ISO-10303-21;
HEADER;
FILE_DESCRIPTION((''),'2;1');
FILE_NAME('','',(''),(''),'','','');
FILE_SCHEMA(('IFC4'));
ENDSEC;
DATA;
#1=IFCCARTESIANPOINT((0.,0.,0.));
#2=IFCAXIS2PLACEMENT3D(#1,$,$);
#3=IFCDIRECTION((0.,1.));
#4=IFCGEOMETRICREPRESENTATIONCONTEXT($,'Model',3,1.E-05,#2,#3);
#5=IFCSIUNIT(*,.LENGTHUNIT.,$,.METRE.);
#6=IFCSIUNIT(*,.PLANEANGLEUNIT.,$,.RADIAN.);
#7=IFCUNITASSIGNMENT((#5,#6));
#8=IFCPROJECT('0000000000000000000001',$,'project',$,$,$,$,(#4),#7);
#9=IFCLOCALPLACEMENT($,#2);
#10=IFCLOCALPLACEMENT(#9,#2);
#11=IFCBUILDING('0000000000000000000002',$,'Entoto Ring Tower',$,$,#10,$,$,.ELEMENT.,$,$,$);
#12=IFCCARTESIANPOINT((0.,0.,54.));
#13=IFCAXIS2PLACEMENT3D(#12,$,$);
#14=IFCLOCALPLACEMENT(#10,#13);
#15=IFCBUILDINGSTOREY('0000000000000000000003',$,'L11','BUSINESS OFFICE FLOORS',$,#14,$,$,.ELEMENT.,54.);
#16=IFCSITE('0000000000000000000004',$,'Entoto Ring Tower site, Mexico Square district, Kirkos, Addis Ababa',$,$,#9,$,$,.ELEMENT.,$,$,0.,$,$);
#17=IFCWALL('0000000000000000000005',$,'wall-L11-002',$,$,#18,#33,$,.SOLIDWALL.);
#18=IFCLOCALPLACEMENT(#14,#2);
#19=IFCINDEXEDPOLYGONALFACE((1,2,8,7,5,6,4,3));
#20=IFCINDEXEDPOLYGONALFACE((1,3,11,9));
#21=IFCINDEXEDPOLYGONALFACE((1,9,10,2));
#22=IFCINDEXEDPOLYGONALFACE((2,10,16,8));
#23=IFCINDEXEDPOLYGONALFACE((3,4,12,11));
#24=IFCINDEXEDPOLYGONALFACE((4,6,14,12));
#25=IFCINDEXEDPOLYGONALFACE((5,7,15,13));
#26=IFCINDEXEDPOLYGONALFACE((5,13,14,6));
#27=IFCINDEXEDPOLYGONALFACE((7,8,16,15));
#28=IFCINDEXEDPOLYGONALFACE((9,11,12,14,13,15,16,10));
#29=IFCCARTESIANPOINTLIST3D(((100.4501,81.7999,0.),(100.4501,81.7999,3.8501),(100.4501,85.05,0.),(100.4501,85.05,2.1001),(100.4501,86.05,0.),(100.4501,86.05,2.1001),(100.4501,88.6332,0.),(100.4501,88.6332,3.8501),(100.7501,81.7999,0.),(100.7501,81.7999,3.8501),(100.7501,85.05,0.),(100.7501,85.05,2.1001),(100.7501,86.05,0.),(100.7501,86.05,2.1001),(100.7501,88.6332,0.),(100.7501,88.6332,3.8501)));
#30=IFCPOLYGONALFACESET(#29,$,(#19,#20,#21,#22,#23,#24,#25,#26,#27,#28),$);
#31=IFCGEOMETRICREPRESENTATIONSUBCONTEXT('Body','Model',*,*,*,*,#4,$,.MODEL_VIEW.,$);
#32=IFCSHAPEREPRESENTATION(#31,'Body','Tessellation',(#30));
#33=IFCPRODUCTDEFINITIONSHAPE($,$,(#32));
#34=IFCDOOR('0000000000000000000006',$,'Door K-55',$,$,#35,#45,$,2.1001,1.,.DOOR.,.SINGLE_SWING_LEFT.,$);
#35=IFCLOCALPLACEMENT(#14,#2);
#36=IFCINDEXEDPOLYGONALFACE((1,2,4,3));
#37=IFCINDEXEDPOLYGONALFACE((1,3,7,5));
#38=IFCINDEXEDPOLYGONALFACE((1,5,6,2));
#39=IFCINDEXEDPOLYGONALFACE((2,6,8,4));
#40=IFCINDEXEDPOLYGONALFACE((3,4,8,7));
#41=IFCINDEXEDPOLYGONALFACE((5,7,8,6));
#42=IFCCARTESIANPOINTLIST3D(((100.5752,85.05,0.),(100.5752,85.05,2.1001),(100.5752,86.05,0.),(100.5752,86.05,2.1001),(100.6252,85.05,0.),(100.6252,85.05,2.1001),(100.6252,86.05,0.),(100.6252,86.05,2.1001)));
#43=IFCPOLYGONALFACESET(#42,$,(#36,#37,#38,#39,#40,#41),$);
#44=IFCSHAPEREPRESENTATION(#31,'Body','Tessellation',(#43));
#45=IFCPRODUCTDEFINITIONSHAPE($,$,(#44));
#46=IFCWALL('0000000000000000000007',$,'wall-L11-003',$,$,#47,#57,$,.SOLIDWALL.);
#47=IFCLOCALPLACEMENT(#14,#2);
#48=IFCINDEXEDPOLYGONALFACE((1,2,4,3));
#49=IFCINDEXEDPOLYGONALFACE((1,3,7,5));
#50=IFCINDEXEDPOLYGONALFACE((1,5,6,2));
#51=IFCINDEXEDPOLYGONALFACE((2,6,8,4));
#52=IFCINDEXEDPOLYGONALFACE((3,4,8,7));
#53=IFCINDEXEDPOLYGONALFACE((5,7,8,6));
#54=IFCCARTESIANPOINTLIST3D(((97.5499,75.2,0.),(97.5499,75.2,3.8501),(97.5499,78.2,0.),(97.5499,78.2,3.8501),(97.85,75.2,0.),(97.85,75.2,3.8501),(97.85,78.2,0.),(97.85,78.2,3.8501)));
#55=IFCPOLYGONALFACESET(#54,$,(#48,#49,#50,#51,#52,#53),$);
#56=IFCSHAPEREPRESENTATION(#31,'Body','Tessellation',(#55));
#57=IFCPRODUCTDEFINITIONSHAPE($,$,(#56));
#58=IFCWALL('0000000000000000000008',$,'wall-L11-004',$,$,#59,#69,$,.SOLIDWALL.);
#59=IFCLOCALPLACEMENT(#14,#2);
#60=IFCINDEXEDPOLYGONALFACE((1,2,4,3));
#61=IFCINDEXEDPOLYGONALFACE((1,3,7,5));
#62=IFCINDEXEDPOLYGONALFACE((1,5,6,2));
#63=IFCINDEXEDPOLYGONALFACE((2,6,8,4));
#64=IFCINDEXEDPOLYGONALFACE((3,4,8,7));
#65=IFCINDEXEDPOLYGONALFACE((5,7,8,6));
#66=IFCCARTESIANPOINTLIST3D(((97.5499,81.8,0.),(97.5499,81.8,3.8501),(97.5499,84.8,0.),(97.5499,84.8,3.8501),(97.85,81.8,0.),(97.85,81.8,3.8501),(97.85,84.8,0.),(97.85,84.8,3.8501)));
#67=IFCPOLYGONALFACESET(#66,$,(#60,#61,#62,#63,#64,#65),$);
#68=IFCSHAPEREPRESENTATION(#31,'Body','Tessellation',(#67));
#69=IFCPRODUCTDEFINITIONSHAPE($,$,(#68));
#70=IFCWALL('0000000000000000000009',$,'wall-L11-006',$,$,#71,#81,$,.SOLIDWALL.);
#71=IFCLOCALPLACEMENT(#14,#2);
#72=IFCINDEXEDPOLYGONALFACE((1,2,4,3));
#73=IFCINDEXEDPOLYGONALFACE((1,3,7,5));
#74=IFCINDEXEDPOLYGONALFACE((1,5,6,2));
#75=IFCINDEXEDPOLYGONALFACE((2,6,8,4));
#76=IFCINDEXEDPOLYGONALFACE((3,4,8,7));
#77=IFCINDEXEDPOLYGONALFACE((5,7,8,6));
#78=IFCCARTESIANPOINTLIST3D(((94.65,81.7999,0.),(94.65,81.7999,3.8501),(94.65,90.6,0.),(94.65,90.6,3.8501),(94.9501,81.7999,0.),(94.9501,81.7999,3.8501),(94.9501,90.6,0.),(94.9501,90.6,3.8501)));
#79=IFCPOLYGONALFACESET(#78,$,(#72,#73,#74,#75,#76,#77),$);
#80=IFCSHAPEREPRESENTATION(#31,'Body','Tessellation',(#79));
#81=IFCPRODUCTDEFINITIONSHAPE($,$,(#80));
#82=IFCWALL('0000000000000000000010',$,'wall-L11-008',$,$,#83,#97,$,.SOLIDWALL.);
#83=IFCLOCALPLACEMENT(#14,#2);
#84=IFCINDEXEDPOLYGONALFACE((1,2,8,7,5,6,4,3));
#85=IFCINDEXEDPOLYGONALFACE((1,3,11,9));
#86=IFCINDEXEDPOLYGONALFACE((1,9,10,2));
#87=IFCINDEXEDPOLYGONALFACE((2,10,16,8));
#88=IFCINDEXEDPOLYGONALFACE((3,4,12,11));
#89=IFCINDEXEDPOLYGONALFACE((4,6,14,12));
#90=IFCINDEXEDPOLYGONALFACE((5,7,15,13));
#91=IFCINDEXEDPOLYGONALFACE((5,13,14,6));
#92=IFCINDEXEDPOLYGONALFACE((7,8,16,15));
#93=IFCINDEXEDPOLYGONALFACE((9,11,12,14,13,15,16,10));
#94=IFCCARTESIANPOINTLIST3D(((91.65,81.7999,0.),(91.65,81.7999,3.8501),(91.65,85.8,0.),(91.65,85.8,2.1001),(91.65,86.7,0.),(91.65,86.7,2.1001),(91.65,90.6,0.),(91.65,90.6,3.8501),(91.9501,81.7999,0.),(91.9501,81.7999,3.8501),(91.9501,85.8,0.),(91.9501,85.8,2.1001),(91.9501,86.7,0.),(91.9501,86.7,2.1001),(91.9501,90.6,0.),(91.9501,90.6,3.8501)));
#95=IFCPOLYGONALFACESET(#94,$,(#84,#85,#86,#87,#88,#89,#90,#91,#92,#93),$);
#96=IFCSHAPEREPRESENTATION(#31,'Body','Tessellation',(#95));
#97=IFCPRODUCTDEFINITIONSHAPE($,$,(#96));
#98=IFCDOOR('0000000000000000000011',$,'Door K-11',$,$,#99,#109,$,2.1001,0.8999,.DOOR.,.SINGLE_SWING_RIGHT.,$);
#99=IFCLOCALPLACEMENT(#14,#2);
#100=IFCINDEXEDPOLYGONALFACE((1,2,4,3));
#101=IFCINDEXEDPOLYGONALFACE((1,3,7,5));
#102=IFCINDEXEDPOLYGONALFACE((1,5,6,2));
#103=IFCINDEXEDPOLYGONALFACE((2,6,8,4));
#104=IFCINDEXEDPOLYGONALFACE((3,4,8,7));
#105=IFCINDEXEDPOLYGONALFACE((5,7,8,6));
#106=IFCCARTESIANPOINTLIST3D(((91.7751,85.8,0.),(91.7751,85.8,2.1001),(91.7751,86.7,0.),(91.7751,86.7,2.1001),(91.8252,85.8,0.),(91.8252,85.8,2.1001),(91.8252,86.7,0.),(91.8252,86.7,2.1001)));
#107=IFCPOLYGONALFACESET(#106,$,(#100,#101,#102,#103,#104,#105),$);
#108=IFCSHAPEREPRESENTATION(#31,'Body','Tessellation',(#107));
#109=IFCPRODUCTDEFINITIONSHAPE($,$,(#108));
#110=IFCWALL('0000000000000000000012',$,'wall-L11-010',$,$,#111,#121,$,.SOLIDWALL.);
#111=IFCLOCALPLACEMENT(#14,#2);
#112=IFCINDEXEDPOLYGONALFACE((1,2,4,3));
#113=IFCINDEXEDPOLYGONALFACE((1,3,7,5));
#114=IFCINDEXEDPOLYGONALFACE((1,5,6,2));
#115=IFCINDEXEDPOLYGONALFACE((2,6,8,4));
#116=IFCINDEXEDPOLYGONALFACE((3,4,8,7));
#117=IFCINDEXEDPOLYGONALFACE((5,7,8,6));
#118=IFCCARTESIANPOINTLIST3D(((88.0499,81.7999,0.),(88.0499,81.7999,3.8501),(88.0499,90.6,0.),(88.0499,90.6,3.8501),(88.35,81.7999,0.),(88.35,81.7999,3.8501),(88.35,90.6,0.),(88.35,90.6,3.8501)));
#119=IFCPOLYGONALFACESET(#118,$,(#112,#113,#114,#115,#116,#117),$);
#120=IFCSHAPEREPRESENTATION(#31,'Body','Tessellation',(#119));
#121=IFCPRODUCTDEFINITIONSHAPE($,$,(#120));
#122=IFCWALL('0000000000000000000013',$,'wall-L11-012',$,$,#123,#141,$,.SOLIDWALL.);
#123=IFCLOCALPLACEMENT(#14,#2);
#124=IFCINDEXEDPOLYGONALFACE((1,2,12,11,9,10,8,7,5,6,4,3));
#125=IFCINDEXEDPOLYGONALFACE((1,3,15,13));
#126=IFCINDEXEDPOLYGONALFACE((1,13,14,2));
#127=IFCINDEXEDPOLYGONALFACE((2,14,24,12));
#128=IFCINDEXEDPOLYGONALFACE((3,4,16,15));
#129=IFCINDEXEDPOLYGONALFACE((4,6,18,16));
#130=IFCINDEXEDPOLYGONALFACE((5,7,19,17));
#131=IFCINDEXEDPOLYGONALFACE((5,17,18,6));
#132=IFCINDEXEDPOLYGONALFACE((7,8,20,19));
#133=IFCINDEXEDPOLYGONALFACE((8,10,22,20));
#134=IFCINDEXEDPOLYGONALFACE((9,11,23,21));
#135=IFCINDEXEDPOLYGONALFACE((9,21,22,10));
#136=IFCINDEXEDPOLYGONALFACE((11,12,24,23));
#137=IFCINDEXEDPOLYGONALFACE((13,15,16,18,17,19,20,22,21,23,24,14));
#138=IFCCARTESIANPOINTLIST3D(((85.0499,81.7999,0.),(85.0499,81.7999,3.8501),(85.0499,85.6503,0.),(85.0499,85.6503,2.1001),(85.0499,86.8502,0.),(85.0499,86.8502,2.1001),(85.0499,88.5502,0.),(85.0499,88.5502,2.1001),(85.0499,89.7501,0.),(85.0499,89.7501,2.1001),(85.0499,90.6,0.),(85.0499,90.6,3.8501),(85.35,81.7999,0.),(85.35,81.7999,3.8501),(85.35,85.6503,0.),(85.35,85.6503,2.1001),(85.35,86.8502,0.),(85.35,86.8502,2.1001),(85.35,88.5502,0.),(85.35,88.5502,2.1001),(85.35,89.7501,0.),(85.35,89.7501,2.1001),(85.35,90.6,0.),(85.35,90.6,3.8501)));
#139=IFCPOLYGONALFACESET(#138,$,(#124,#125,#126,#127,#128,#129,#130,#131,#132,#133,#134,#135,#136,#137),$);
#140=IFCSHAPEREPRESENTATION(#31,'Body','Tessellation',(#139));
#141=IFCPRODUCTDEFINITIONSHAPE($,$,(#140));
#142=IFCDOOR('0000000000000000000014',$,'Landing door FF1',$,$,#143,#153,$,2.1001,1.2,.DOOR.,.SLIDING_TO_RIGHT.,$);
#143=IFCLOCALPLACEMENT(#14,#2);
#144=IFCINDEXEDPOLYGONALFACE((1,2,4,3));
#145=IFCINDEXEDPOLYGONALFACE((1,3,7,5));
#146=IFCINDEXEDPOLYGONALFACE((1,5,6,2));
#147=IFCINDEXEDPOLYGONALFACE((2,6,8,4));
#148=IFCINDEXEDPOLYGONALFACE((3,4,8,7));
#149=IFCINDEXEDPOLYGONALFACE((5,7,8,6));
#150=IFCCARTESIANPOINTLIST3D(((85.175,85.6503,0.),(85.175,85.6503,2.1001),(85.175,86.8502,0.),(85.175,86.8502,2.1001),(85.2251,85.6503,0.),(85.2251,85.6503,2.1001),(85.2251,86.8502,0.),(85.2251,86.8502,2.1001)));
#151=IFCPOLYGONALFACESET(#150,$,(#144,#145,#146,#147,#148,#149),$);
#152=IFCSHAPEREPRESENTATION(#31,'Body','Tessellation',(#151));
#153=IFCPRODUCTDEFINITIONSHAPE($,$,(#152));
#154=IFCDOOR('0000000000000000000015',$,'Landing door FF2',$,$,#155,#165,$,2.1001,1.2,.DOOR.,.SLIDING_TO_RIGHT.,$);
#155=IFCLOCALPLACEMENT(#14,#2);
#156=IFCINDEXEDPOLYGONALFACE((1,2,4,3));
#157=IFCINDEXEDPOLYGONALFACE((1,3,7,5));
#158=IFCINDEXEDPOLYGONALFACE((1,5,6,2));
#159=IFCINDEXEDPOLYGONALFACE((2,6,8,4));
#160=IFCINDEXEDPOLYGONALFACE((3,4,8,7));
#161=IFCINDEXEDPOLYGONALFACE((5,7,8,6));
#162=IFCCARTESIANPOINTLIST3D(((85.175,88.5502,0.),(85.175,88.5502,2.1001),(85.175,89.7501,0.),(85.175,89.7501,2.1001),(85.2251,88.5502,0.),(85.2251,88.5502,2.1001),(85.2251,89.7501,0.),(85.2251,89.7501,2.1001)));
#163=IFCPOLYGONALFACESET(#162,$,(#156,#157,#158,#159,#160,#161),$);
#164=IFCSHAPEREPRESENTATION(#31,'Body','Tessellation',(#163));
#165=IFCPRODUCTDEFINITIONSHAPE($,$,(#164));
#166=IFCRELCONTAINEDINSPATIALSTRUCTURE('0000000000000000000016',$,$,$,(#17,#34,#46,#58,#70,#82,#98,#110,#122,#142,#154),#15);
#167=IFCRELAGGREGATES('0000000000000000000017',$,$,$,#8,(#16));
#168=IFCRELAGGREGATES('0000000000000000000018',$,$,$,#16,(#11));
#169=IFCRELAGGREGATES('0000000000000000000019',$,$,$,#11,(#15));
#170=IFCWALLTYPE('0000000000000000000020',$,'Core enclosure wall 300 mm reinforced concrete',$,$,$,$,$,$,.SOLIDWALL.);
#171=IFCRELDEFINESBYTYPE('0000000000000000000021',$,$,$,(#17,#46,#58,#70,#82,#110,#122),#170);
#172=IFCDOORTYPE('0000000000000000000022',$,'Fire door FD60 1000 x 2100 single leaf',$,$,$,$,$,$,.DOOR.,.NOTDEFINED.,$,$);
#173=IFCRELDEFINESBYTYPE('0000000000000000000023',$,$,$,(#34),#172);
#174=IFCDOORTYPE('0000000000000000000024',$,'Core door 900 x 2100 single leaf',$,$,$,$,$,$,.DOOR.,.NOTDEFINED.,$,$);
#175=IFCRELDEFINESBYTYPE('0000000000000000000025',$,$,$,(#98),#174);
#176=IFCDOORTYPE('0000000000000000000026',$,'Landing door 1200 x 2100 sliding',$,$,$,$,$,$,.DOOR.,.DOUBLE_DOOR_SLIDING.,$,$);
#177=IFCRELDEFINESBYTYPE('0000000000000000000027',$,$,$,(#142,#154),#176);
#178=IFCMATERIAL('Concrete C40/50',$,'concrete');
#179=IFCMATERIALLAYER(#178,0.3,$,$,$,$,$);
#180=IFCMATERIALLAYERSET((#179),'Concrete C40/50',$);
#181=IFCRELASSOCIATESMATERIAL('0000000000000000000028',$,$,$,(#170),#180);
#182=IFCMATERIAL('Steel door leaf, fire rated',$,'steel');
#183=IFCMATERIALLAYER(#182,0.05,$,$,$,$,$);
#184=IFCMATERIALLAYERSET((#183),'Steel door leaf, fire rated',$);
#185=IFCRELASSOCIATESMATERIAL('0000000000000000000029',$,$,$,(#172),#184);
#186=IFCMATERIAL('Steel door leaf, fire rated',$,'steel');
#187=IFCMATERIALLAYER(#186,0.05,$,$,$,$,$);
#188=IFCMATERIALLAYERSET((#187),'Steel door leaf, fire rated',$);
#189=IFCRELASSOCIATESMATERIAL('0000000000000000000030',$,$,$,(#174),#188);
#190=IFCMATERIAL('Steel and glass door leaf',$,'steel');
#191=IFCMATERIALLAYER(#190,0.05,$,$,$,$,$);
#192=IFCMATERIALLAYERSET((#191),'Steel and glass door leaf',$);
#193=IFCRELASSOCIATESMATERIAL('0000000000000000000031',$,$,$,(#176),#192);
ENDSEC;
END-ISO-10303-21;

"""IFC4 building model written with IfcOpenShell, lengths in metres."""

from ifc_helpers import new_model, si_unit, direction, frame, frame_2d, origin, place, context, subcontext, project, spatial, rectangle, extrude, material, layer, layer_set, type_object, element, fill, save


model = new_model("IFC4")

# Units and contexts
model_context = context("Model", 3, precision=1e-05, world=origin(), true_north=direction((0.0, 1.0)))
body_context = subcontext(model_context, "Body", "Model", "MODEL_VIEW")
ifc_project = project(units=[si_unit("LENGTHUNIT", "METRE"), si_unit("PLANEANGLEUNIT", "RADIAN")], contexts=[model_context])

# Site, building, storey
site_placement = place(None, origin())
site = spatial("IfcSite", under=ifc_project, at=site_placement, Name="Entoto Ring Tower site, Mexico Square district, Kirkos, Addis Ababa", CompositionType="ELEMENT", RefElevation=0.0)
building_placement = place(site_placement, origin())
building = spatial("IfcBuilding", under=site, at=building_placement, Name="Entoto Ring Tower", CompositionType="ELEMENT")
storey_placement = place(building_placement, frame((0.0, 0.0, 54.0)))
storey = spatial("IfcBuildingStorey", under=building, at=storey_placement, Name="L11", Description="BUSINESS OFFICE FLOORS", CompositionType="ELEMENT", Elevation=54.0)

# Wall, opening, door
ifc_material_1 = material(Name="Concrete C40/50", Category="concrete")
ifc_layer_1 = layer(ifc_material_1, 0.3)
ifc_layer_set_1 = layer_set([ifc_layer_1], Name="Concrete C40/50")
wall_type = type_object("IfcWallType", Name="Core enclosure wall 300 mm reinforced concrete", PredefinedType="SOLIDWALL", material=ifc_layer_set_1)
wall_1_placement = place(storey_placement, frame((100.6001, 81.8, 0.0), z_axis=(0.0, 0.0, 1.0), x_axis=(0.0, 1.0, 0.0)))
wall_1 = element("IfcWall", 1, at=wall_1_placement, inside=storey, type_object=wall_type, Name="wall-L11-002", PredefinedType="SOLIDWALL", context=body_context, shape_type="SweptSolid", body=[
    extrude(rectangle(XDim=6.8333, YDim=0.3, at=frame_2d((3.4165, 0.0))), origin(), (0.0, 0.0, 1.0), 3.8501),
])
opening_1_placement = place(wall_1_placement, frame((3.25, 0.0, 0.0)))
opening_1 = element("IfcOpeningElement", 2, at=opening_1_placement, cuts=wall_1, PredefinedType="OPENING", context=body_context, shape_type="SweptSolid", body=[
    extrude(rectangle(XDim=1.0, YDim=2.1001, at=frame_2d((0.5, 1.05))), frame((0.0, 0.1602, 0.0), z_axis=(0.0, -1.0, 0.0), x_axis=(1.0, 0.0, 0.0)), (0.0, 0.0, 1.0), 0.3201),
])
ifc_material_2 = material(Name="Steel door leaf, fire rated", Category="steel")
ifc_layer_2 = layer(ifc_material_2, 0.05)
ifc_layer_set_2 = layer_set([ifc_layer_2], Name="Steel door leaf, fire rated")
door_type_1 = type_object("IfcDoorType", Name="Fire door FD60 1000 x 2100 single leaf", OperationType="NOTDEFINED", PredefinedType="DOOR", material=ifc_layer_set_2)
door_1_placement = place(opening_1_placement, origin())
door_1 = element("IfcDoor", 3, at=door_1_placement, inside=storey, type_object=door_type_1, Name="Door K-55", OperationType="SINGLE_SWING_LEFT", OverallHeight=2.1001, OverallWidth=1.0, PredefinedType="DOOR", context=body_context, shape_type="SweptSolid", body=[
    extrude(rectangle(XDim=1.0, YDim=2.1001, at=frame_2d((0.5, 1.05))), frame((0.0, 0.0249, 0.0), z_axis=(0.0, -1.0, 0.0), x_axis=(1.0, 0.0, 0.0)), (0.0, 0.0, 1.0), 0.05),
])
fill(opening_1, door_1)

# Walls
for number, where, z_axis, x_axis, name in (
    (4, (97.7, 75.2, 0.0), (0.0, 0.0, 1.0), (0.0, 1.0, 0.0), "wall-L11-003"),
    (5, (97.7, 81.8, 0.0), (0.0, 0.0, 1.0), (0.0, 1.0, 0.0), "wall-L11-004"),
):
    element("IfcWall", number, at=place(storey_placement, frame(where, z_axis=z_axis, x_axis=x_axis)), inside=storey, type_object=wall_type, Name=name, PredefinedType="SOLIDWALL", context=body_context, shape_type="SweptSolid", body=[
        extrude(rectangle(XDim=3.0, YDim=0.3, at=frame_2d((1.5, 0.0))), origin(), (0.0, 0.0, 1.0), 3.8501),
    ])
wall_2_placement = place(storey_placement, frame((94.8, 81.8, 0.0), z_axis=(0.0, 0.0, 1.0), x_axis=(0.0, 1.0, 0.0)))
element("IfcWall", 6, at=wall_2_placement, inside=storey, type_object=wall_type, Name="wall-L11-006", PredefinedType="SOLIDWALL", context=body_context, shape_type="SweptSolid", body=[
    extrude(rectangle(XDim=8.8, YDim=0.3, at=frame_2d((4.3999, 0.0))), origin(), (0.0, 0.0, 1.0), 3.8501),
])

# Wall, opening, door
wall_3_placement = place(storey_placement, frame((91.8, 81.8, 0.0), z_axis=(0.0, 0.0, 1.0), x_axis=(0.0, 1.0, 0.0)))
wall_3 = element("IfcWall", 7, at=wall_3_placement, inside=storey, type_object=wall_type, Name="wall-L11-008", PredefinedType="SOLIDWALL", context=body_context, shape_type="SweptSolid", body=[
    extrude(rectangle(XDim=8.8, YDim=0.3, at=frame_2d((4.3999, 0.0))), origin(), (0.0, 0.0, 1.0), 3.8501),
])
opening_2_placement = place(wall_3_placement, frame((4.0, 0.0, 0.0)))
opening_2 = element("IfcOpeningElement", 8, at=opening_2_placement, cuts=wall_3, PredefinedType="OPENING", context=body_context, shape_type="SweptSolid", body=[
    extrude(rectangle(XDim=0.8999, YDim=2.1001, at=frame_2d((0.45, 1.05))), frame((0.0, 0.1602, 0.0), z_axis=(0.0, -1.0, 0.0), x_axis=(1.0, 0.0, 0.0)), (0.0, 0.0, 1.0), 0.3201),
])
ifc_material_3 = material(Name="Steel door leaf, fire rated", Category="steel")
ifc_layer_3 = layer(ifc_material_3, 0.05)
ifc_layer_set_3 = layer_set([ifc_layer_3], Name="Steel door leaf, fire rated")
door_type_2 = type_object("IfcDoorType", Name="Core door 900 x 2100 single leaf", OperationType="NOTDEFINED", PredefinedType="DOOR", material=ifc_layer_set_3)
door_2_placement = place(opening_2_placement, origin())
door_2 = element("IfcDoor", 9, at=door_2_placement, inside=storey, type_object=door_type_2, Name="Door K-11", OperationType="SINGLE_SWING_RIGHT", OverallHeight=2.1001, OverallWidth=0.8999, PredefinedType="DOOR", context=body_context, shape_type="SweptSolid", body=[
    extrude(rectangle(XDim=0.8999, YDim=2.1001, at=frame_2d((0.45, 1.05))), frame((0.0, 0.0249, 0.0), z_axis=(0.0, -1.0, 0.0), x_axis=(1.0, 0.0, 0.0)), (0.0, 0.0, 1.0), 0.05),
])
fill(opening_2, door_2)

# Wall
wall_4_placement = place(storey_placement, frame((88.2, 81.8, 0.0), z_axis=(0.0, 0.0, 1.0), x_axis=(0.0, 1.0, 0.0)))
element("IfcWall", 10, at=wall_4_placement, inside=storey, type_object=wall_type, Name="wall-L11-010", PredefinedType="SOLIDWALL", context=body_context, shape_type="SweptSolid", body=[
    extrude(rectangle(XDim=8.8, YDim=0.3, at=frame_2d((4.3999, 0.0))), origin(), (0.0, 0.0, 1.0), 3.8501),
])

# Wall, openings, doors
wall_5_placement = place(storey_placement, frame((85.2, 81.8, 0.0), z_axis=(0.0, 0.0, 1.0), x_axis=(0.0, 1.0, 0.0)))
wall_5 = element("IfcWall", 11, at=wall_5_placement, inside=storey, type_object=wall_type, Name="wall-L11-012", PredefinedType="SOLIDWALL", context=body_context, shape_type="SweptSolid", body=[
    extrude(rectangle(XDim=8.8, YDim=0.3, at=frame_2d((4.3999, 0.0))), origin(), (0.0, 0.0, 1.0), 3.8501),
])
opening_3_placement = place(wall_5_placement, frame((3.8501, 0.0, 0.0)))
opening_3 = element("IfcOpeningElement", 12, at=opening_3_placement, cuts=wall_5, PredefinedType="OPENING", context=body_context, shape_type="SweptSolid", body=[
    extrude(rectangle(XDim=1.2, YDim=2.1001, at=frame_2d((0.6001, 1.05))), frame((0.0, 0.1602, 0.0), z_axis=(0.0, -1.0, 0.0), x_axis=(1.0, 0.0, 0.0)), (0.0, 0.0, 1.0), 0.3201),
])
opening_4_placement = place(wall_5_placement, frame((6.75, 0.0, 0.0)))
opening_4 = element("IfcOpeningElement", 13, at=opening_4_placement, cuts=wall_5, PredefinedType="OPENING", context=body_context, shape_type="SweptSolid", body=[
    extrude(rectangle(XDim=1.2, YDim=2.1001, at=frame_2d((0.6001, 1.05))), frame((0.0, 0.1602, 0.0), z_axis=(0.0, -1.0, 0.0), x_axis=(1.0, 0.0, 0.0)), (0.0, 0.0, 1.0), 0.3201),
])
ifc_material_4 = material(Name="Steel and glass door leaf", Category="steel")
ifc_layer_4 = layer(ifc_material_4, 0.05)
ifc_layer_set_4 = layer_set([ifc_layer_4], Name="Steel and glass door leaf")
door_type_3 = type_object("IfcDoorType", Name="Landing door 1200 x 2100 sliding", OperationType="DOUBLE_DOOR_SLIDING", PredefinedType="DOOR", material=ifc_layer_set_4)
door_3_placement = place(opening_3_placement, origin())
door_3 = element("IfcDoor", 14, at=door_3_placement, inside=storey, type_object=door_type_3, Name="Landing door FF1", OperationType="SLIDING_TO_RIGHT", OverallHeight=2.1001, OverallWidth=1.2, PredefinedType="DOOR", context=body_context, shape_type="SweptSolid", body=[
    extrude(rectangle(XDim=1.2, YDim=2.1001, at=frame_2d((0.6001, 1.05))), frame((0.0, 0.0249, 0.0), z_axis=(0.0, -1.0, 0.0), x_axis=(1.0, 0.0, 0.0)), (0.0, 0.0, 1.0), 0.05),
])
fill(opening_3, door_3)
door_4_placement = place(opening_4_placement, origin())
door_4 = element("IfcDoor", 15, at=door_4_placement, inside=storey, type_object=door_type_3, Name="Landing door FF2", OperationType="SLIDING_TO_RIGHT", OverallHeight=2.1001, OverallWidth=1.2, PredefinedType="DOOR", context=body_context, shape_type="SweptSolid", body=[
    extrude(rectangle(XDim=1.2, YDim=2.1001, at=frame_2d((0.6001, 1.05))), frame((0.0, 0.0249, 0.0), z_axis=(0.0, -1.0, 0.0), x_axis=(1.0, 0.0, 0.0)), (0.0, 0.0, 1.0), 0.05),
])
fill(opening_4, door_4)

save(model, "model.ifc")
